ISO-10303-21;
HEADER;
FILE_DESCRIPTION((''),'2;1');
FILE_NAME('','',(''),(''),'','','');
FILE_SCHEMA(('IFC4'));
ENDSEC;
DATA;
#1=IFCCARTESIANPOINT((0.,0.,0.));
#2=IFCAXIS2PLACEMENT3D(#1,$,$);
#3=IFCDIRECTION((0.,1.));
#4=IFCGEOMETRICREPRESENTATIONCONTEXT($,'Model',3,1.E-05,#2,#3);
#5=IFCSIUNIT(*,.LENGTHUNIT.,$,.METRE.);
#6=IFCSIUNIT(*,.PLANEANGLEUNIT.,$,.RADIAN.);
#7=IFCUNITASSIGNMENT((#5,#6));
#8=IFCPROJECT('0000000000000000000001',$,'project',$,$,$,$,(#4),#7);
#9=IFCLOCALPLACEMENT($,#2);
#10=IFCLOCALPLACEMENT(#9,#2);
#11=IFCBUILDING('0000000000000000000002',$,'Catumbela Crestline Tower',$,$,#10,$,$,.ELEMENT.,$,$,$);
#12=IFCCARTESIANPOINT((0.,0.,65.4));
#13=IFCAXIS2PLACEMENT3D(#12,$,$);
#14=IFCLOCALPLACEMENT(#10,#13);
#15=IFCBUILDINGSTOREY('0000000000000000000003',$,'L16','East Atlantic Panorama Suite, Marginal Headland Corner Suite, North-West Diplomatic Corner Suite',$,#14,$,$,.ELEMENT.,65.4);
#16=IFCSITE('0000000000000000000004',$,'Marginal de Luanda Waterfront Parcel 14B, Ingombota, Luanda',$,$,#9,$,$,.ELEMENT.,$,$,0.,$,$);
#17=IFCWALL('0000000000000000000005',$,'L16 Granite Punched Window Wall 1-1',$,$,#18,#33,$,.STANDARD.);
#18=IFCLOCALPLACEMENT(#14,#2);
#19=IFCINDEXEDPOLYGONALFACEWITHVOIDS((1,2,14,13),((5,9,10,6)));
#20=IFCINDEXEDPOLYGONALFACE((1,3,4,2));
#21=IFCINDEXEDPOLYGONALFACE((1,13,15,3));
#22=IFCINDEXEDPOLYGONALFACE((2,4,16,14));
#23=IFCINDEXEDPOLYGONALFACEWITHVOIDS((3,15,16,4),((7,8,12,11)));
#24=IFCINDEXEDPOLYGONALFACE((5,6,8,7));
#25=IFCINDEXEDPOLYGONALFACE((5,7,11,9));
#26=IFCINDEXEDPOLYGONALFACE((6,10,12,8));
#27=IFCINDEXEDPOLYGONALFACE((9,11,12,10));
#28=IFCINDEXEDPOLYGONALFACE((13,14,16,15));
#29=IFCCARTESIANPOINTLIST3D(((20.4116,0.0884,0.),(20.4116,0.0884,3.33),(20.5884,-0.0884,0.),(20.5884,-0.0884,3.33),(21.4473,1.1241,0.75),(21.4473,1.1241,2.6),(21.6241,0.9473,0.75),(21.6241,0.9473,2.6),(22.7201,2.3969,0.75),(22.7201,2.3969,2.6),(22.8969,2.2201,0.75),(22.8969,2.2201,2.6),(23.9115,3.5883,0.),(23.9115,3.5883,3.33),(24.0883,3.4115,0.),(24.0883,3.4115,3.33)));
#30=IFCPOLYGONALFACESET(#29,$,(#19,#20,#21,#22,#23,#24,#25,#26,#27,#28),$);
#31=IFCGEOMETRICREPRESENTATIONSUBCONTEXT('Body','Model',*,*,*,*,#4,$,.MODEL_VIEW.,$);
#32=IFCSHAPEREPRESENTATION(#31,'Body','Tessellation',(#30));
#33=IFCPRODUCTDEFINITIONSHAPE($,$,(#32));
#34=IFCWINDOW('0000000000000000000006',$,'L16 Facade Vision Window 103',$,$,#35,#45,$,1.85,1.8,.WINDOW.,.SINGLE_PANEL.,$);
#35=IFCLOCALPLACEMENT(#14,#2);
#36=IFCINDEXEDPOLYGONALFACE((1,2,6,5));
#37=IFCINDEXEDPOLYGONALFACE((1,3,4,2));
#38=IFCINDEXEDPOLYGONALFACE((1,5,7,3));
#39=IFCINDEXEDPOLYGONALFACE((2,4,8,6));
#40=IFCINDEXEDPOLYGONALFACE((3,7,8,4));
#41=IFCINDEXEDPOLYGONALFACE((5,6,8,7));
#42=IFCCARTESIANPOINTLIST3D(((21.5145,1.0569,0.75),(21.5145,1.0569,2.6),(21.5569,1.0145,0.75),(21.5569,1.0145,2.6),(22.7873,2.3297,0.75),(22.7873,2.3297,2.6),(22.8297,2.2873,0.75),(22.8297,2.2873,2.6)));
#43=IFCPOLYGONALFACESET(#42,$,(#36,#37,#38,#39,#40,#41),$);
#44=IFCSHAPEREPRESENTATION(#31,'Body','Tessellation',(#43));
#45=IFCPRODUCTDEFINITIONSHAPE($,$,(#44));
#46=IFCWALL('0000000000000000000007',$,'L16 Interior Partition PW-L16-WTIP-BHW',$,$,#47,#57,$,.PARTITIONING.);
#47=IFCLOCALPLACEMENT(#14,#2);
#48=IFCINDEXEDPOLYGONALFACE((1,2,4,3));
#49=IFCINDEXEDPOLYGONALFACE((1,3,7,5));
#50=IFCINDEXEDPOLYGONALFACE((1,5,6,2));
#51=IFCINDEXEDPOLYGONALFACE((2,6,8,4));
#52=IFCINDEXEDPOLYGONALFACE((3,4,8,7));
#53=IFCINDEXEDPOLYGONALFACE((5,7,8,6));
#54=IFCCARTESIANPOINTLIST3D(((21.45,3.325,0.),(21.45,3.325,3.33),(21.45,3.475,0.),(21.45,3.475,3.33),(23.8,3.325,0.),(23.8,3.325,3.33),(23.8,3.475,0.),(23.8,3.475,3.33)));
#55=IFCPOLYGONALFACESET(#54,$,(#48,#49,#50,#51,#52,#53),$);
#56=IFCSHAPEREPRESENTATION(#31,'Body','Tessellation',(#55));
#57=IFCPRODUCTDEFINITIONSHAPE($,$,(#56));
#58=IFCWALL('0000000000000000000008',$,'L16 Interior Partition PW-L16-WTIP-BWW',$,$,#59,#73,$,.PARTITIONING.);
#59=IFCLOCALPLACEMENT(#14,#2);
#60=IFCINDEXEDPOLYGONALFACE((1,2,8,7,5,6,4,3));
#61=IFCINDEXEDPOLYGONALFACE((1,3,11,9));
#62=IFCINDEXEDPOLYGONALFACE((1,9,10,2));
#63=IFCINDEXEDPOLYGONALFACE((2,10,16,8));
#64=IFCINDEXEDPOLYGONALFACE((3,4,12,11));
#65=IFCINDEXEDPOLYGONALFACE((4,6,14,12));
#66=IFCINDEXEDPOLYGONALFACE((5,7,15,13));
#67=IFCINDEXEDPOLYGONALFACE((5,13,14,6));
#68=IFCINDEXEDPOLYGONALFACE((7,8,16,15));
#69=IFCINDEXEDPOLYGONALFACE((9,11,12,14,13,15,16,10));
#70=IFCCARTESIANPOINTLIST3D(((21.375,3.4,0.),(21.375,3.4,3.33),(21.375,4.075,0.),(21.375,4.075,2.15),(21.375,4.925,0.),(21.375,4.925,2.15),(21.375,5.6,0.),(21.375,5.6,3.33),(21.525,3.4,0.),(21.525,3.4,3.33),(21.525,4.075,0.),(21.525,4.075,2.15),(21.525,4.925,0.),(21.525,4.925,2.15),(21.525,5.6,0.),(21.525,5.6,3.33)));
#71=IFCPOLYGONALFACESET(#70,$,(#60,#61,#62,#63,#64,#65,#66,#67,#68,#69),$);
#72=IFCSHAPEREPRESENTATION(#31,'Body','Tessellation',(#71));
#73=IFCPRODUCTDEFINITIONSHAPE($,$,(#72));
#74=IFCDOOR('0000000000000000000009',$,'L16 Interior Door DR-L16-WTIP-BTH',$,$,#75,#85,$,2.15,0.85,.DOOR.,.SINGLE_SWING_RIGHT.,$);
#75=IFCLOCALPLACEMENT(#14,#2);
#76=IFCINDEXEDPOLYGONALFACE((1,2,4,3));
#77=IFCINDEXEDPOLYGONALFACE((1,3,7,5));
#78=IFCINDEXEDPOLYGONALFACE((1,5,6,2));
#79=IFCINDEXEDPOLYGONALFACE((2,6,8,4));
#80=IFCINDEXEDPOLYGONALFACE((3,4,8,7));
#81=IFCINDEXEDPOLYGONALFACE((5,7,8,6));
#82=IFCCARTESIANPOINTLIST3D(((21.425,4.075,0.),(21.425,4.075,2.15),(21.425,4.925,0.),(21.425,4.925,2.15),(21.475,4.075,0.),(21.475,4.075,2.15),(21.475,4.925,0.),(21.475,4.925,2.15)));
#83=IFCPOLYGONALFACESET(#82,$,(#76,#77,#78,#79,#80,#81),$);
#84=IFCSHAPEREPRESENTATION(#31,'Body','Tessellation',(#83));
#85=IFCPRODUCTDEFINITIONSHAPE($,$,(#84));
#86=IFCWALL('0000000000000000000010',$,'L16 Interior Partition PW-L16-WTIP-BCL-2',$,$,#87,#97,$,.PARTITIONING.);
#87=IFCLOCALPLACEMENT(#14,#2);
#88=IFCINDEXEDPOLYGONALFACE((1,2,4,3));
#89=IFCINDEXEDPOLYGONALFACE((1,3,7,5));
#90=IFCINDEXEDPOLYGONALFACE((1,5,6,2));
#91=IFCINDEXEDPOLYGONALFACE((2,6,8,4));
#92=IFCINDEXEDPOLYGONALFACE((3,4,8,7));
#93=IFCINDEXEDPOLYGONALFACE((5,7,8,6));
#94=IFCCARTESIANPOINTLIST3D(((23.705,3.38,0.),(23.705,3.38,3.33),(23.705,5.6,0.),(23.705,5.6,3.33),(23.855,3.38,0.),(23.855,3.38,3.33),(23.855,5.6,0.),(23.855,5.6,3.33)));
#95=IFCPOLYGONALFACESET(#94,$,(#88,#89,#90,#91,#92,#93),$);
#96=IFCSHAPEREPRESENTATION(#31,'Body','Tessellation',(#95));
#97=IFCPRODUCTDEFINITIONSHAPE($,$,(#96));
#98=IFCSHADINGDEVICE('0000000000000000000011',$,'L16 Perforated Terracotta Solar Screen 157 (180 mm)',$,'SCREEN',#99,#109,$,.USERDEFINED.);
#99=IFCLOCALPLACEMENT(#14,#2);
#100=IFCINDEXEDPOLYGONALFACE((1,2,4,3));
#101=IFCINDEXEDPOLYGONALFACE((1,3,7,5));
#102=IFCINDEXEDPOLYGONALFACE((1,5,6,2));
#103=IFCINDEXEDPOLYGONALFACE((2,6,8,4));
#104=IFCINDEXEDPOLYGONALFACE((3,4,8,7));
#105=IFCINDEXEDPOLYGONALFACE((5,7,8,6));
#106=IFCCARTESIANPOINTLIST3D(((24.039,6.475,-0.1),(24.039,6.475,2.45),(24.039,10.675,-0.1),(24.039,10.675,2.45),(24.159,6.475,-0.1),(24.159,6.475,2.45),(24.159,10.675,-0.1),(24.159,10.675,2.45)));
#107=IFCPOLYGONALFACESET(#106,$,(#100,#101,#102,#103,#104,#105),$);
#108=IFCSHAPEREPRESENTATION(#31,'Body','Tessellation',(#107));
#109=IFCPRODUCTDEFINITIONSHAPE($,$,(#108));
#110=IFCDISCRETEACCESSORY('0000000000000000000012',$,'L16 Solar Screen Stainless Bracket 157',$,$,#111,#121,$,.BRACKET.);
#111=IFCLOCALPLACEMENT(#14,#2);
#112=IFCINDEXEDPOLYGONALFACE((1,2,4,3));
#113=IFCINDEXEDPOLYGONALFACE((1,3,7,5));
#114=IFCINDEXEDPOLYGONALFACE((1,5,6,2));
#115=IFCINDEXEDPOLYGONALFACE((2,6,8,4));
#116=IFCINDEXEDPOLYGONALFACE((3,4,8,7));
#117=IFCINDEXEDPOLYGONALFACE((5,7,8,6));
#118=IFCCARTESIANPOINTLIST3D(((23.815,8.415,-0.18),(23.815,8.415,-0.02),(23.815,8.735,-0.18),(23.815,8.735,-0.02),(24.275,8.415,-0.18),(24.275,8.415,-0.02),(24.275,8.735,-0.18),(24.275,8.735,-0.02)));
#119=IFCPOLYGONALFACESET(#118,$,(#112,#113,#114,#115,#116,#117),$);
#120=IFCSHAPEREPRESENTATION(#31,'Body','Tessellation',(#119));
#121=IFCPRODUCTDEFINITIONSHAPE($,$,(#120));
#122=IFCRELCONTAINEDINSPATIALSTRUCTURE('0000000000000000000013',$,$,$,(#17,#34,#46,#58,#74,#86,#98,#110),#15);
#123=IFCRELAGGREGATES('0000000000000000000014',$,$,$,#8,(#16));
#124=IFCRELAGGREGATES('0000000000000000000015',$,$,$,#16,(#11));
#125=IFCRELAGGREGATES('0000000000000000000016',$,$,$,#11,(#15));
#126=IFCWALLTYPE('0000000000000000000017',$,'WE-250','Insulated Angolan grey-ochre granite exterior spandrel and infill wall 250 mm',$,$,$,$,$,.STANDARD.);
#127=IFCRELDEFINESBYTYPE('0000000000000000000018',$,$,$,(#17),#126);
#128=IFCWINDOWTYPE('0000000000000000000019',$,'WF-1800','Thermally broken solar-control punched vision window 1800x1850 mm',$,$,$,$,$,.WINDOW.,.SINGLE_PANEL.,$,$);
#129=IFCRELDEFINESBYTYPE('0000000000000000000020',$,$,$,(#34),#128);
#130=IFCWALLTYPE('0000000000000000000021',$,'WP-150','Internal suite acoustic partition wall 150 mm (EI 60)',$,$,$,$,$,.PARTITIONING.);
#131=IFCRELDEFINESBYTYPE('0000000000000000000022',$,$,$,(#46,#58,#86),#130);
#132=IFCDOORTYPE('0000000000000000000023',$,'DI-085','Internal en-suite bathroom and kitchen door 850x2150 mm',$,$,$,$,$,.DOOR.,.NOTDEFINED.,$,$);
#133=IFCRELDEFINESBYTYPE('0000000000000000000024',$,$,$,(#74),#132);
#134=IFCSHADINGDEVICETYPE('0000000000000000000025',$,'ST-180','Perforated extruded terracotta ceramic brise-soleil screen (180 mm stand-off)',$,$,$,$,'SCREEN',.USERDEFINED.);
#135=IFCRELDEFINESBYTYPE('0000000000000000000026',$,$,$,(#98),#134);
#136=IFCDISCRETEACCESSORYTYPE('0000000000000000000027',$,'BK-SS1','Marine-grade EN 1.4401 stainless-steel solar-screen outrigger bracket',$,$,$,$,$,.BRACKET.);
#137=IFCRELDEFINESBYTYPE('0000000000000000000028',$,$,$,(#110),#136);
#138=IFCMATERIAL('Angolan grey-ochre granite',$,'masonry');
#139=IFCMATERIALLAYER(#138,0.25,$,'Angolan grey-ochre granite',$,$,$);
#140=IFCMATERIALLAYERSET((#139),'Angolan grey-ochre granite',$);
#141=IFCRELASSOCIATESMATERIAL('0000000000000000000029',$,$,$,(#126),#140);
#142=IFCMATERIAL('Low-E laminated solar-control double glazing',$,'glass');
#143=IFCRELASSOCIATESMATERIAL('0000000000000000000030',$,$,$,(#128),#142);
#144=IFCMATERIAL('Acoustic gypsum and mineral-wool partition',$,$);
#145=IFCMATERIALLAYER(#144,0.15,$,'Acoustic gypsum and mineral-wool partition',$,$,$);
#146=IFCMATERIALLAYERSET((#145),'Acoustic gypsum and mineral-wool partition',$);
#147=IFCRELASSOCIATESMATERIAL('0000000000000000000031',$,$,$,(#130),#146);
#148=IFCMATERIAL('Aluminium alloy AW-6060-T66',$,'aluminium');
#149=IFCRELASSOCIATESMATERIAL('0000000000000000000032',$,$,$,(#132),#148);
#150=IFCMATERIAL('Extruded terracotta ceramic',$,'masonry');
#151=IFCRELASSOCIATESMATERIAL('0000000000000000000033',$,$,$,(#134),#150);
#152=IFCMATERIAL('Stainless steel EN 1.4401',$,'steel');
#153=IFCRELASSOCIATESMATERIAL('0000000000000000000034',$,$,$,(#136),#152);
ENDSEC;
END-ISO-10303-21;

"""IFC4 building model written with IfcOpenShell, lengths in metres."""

from ifc_helpers import new_model, si_unit, direction, frame, frame_2d, origin, origin_2d, place, context, subcontext, project, spatial, rectangle, extrude, material, layer, layer_set, type_object, element, fill, save


model = new_model("IFC4")

# Units and contexts
model_context = context("Model", 3, precision=1e-05, world=origin(), true_north=direction((0.0, 1.0)))
body_context = subcontext(model_context, "Body", "Model", "MODEL_VIEW")
ifc_project = project(units=[si_unit("LENGTHUNIT", "METRE"), si_unit("PLANEANGLEUNIT", "RADIAN")], contexts=[model_context])

# Site, building, storey
site_placement = place(None, origin())
site = spatial("IfcSite", under=ifc_project, at=site_placement, Name="Marginal de Luanda Waterfront Parcel 14B, Ingombota, Luanda", CompositionType="ELEMENT", RefElevation=0.0)
building_placement = place(site_placement, origin())
building = spatial("IfcBuilding", under=site, at=building_placement, Name="Catumbela Crestline Tower", CompositionType="ELEMENT")
storey_placement = place(building_placement, frame((0.0, 0.0, 65.4)))
storey = spatial("IfcBuildingStorey", under=building, at=storey_placement, Name="L16", Description="East Atlantic Panorama Suite, Marginal Headland Corner Suite, North-West Diplomatic Corner Suite", CompositionType="ELEMENT", Elevation=65.4)

# Shared definitions
ifc_material_1 = material(Name="Aluminium alloy AW-6060-T66", Category="aluminium")

# Shared definitions
ifc_material_2 = material(Name="Low-E laminated solar-control double glazing", Category="glass")

# Wall, opening, window
ifc_material_3 = material(Name="Angolan grey-ochre granite", Category="masonry")
ifc_layer_1 = layer(ifc_material_3, 0.25, Name="Angolan grey-ochre granite")
ifc_layer_set_1 = layer_set([ifc_layer_1], Name="Angolan grey-ochre granite")
wall_type_1 = type_object("IfcWallType", Name="WE-250", Description="Insulated Angolan grey-ochre granite exterior spandrel and infill wall 250 mm", PredefinedType="STANDARD", material=ifc_layer_set_1)
wall_1_placement = place(storey_placement, frame((20.5, 0.0, 0.0), z_axis=(0.0, 0.0, 1.0), x_axis=(0.707107, 0.707107, 0.0)))
wall_1 = element("IfcWall", 1, at=wall_1_placement, inside=storey, type_object=wall_type_1, Name="L16 Granite Punched Window Wall 1-1", PredefinedType="STANDARD", context=body_context, shape_type="SweptSolid", body=[
    extrude(rectangle(XDim=4.9497, YDim=0.25, at=frame_2d((2.4748, 0.0))), origin(), (0.0, 0.0, 1.0), 3.33),
])
opening_1_placement = place(wall_1_placement, frame((1.4647, 0.0, 0.75)))
opening_1 = element("IfcOpeningElement", 2, at=opening_1_placement, cuts=wall_1, PredefinedType="OPENING", context=body_context, shape_type="SweptSolid", body=[
    extrude(rectangle(XDim=1.8, YDim=1.85, at=frame_2d((0.9, 0.925))), frame((0.0, 0.135, 0.0), z_axis=(0.0, -1.0, 0.0), x_axis=(1.0, 0.0, 0.0)), (0.0, 0.0, 1.0), 0.27),
])
window_type = type_object("IfcWindowType", Name="WF-1800", Description="Thermally broken solar-control punched vision window 1800x1850 mm", PartitioningType="SINGLE_PANEL", PredefinedType="WINDOW", material=ifc_material_2)
window_placement = place(opening_1_placement, origin())
window = element("IfcWindow", 3, at=window_placement, inside=storey, type_object=window_type, Name="L16 Facade Vision Window 103", OverallHeight=1.85, OverallWidth=1.8, PartitioningType="SINGLE_PANEL", PredefinedType="WINDOW", context=body_context, shape_type="SweptSolid", body=[
    extrude(rectangle(XDim=1.8, YDim=1.85, at=frame_2d((0.9, 0.925))), frame((0.0, 0.03, 0.0), z_axis=(0.0, -1.0, 0.0), x_axis=(1.0, 0.0, 0.0)), (0.0, 0.0, 1.0), 0.06),
])
fill(opening_1, window)

# Wall
ifc_material_4 = material(Name="Acoustic gypsum and mineral-wool partition")
ifc_layer_2 = layer(ifc_material_4, 0.15, Name="Acoustic gypsum and mineral-wool partition")
ifc_layer_set_2 = layer_set([ifc_layer_2], Name="Acoustic gypsum and mineral-wool partition")
wall_type_2 = type_object("IfcWallType", Name="WP-150", Description="Internal suite acoustic partition wall 150 mm (EI 60)", PredefinedType="PARTITIONING", material=ifc_layer_set_2)
wall_2_placement = place(storey_placement, frame((21.45, 3.4, 0.0), z_axis=(0.0, 0.0, 1.0), x_axis=(1.0, 0.0, 0.0)))
element("IfcWall", 4, at=wall_2_placement, inside=storey, type_object=wall_type_2, Name="L16 Interior Partition PW-L16-WTIP-BHW", PredefinedType="PARTITIONING", context=body_context, shape_type="SweptSolid", body=[
    extrude(rectangle(XDim=2.35, YDim=0.15, at=frame_2d((1.175, 0.0))), origin(), (0.0, 0.0, 1.0), 3.33),
])

# Wall, opening, door
wall_3_placement = place(storey_placement, frame((21.45, 3.4, 0.0), z_axis=(0.0, 0.0, 1.0), x_axis=(0.0, 1.0, 0.0)))
wall_3 = element("IfcWall", 5, at=wall_3_placement, inside=storey, type_object=wall_type_2, Name="L16 Interior Partition PW-L16-WTIP-BWW", PredefinedType="PARTITIONING", context=body_context, shape_type="SweptSolid", body=[
    extrude(rectangle(XDim=2.2, YDim=0.15, at=frame_2d((1.1, 0.0))), origin(), (0.0, 0.0, 1.0), 3.33),
])
opening_2_placement = place(wall_3_placement, frame((0.675, 0.0, 0.0)))
opening_2 = element("IfcOpeningElement", 6, at=opening_2_placement, cuts=wall_3, PredefinedType="OPENING", context=body_context, shape_type="SweptSolid", body=[
    extrude(rectangle(XDim=0.85, YDim=2.15, at=frame_2d((0.425, 1.075))), frame((0.0, 0.085, 0.0), z_axis=(0.0, -1.0, 0.0), x_axis=(1.0, 0.0, 0.0)), (0.0, 0.0, 1.0), 0.17),
])
door_type = type_object("IfcDoorType", Name="DI-085", Description="Internal en-suite bathroom and kitchen door 850x2150 mm", OperationType="NOTDEFINED", PredefinedType="DOOR", material=ifc_material_1)
door_placement = place(opening_2_placement, origin())
door = element("IfcDoor", 7, at=door_placement, inside=storey, type_object=door_type, Name="L16 Interior Door DR-L16-WTIP-BTH", OperationType="SINGLE_SWING_RIGHT", OverallHeight=2.15, OverallWidth=0.85, PredefinedType="DOOR", context=body_context, shape_type="SweptSolid", body=[
    extrude(rectangle(XDim=0.85, YDim=2.15, at=frame_2d((0.425, 1.075))), frame((0.0, 0.025, 0.0), z_axis=(0.0, -1.0, 0.0), x_axis=(1.0, 0.0, 0.0)), (0.0, 0.0, 1.0), 0.05),
])
fill(opening_2, door)

# Wall
wall_4_placement = place(storey_placement, frame((23.78, 5.6, 0.0), z_axis=(0.0, 0.0, 1.0), x_axis=(0.0, -1.0, 0.0)))
element("IfcWall", 8, at=wall_4_placement, inside=storey, type_object=wall_type_2, Name="L16 Interior Partition PW-L16-WTIP-BCL-2", PredefinedType="PARTITIONING", context=body_context, shape_type="SweptSolid", body=[
    extrude(rectangle(XDim=2.22, YDim=0.15, at=frame_2d((1.11, 0.0))), origin(), (0.0, 0.0, 1.0), 3.33),
])

# Shading device
ifc_material_5 = material(Name="Extruded terracotta ceramic", Category="masonry")
shading_device_type = type_object("IfcShadingDeviceType", Name="ST-180", Description="Perforated extruded terracotta ceramic brise-soleil screen (180 mm stand-off)", ElementType="SCREEN", PredefinedType="USERDEFINED", material=ifc_material_5)
shading_device_placement = place(storey_placement, frame((24.099, 8.575, -0.1), z_axis=(0.0, 0.0, 1.0), x_axis=(0.0, 1.0, 0.0)))
element("IfcShadingDevice", 9, at=shading_device_placement, inside=storey, type_object=shading_device_type, Name="L16 Perforated Terracotta Solar Screen 157 (180 mm)", ObjectType="SCREEN", PredefinedType="USERDEFINED", context=body_context, shape_type="SweptSolid", body=[
    extrude(rectangle(XDim=4.2, YDim=0.12, at=origin_2d()), origin(), (0.0, 0.0, 1.0), 2.55),
])

# Discrete accessory
ifc_material_6 = material(Name="Stainless steel EN 1.4401", Category="steel")
discrete_accessory_type = type_object("IfcDiscreteAccessoryType", Name="BK-SS1", Description="Marine-grade EN 1.4401 stainless-steel solar-screen outrigger bracket", PredefinedType="BRACKET", material=ifc_material_6)
discrete_accessory_placement = place(storey_placement, frame((24.045, 8.575, -0.18), z_axis=(0.0, 0.0, 1.0), x_axis=(0.0, 1.0, 0.0)))
element("IfcDiscreteAccessory", 10, at=discrete_accessory_placement, inside=storey, type_object=discrete_accessory_type, Name="L16 Solar Screen Stainless Bracket 157", PredefinedType="BRACKET", context=body_context, shape_type="SweptSolid", body=[
    extrude(rectangle(XDim=0.32, YDim=0.46, at=origin_2d()), origin(), (0.0, 0.0, 1.0), 0.16),
])

save(model, "model.ifc")
